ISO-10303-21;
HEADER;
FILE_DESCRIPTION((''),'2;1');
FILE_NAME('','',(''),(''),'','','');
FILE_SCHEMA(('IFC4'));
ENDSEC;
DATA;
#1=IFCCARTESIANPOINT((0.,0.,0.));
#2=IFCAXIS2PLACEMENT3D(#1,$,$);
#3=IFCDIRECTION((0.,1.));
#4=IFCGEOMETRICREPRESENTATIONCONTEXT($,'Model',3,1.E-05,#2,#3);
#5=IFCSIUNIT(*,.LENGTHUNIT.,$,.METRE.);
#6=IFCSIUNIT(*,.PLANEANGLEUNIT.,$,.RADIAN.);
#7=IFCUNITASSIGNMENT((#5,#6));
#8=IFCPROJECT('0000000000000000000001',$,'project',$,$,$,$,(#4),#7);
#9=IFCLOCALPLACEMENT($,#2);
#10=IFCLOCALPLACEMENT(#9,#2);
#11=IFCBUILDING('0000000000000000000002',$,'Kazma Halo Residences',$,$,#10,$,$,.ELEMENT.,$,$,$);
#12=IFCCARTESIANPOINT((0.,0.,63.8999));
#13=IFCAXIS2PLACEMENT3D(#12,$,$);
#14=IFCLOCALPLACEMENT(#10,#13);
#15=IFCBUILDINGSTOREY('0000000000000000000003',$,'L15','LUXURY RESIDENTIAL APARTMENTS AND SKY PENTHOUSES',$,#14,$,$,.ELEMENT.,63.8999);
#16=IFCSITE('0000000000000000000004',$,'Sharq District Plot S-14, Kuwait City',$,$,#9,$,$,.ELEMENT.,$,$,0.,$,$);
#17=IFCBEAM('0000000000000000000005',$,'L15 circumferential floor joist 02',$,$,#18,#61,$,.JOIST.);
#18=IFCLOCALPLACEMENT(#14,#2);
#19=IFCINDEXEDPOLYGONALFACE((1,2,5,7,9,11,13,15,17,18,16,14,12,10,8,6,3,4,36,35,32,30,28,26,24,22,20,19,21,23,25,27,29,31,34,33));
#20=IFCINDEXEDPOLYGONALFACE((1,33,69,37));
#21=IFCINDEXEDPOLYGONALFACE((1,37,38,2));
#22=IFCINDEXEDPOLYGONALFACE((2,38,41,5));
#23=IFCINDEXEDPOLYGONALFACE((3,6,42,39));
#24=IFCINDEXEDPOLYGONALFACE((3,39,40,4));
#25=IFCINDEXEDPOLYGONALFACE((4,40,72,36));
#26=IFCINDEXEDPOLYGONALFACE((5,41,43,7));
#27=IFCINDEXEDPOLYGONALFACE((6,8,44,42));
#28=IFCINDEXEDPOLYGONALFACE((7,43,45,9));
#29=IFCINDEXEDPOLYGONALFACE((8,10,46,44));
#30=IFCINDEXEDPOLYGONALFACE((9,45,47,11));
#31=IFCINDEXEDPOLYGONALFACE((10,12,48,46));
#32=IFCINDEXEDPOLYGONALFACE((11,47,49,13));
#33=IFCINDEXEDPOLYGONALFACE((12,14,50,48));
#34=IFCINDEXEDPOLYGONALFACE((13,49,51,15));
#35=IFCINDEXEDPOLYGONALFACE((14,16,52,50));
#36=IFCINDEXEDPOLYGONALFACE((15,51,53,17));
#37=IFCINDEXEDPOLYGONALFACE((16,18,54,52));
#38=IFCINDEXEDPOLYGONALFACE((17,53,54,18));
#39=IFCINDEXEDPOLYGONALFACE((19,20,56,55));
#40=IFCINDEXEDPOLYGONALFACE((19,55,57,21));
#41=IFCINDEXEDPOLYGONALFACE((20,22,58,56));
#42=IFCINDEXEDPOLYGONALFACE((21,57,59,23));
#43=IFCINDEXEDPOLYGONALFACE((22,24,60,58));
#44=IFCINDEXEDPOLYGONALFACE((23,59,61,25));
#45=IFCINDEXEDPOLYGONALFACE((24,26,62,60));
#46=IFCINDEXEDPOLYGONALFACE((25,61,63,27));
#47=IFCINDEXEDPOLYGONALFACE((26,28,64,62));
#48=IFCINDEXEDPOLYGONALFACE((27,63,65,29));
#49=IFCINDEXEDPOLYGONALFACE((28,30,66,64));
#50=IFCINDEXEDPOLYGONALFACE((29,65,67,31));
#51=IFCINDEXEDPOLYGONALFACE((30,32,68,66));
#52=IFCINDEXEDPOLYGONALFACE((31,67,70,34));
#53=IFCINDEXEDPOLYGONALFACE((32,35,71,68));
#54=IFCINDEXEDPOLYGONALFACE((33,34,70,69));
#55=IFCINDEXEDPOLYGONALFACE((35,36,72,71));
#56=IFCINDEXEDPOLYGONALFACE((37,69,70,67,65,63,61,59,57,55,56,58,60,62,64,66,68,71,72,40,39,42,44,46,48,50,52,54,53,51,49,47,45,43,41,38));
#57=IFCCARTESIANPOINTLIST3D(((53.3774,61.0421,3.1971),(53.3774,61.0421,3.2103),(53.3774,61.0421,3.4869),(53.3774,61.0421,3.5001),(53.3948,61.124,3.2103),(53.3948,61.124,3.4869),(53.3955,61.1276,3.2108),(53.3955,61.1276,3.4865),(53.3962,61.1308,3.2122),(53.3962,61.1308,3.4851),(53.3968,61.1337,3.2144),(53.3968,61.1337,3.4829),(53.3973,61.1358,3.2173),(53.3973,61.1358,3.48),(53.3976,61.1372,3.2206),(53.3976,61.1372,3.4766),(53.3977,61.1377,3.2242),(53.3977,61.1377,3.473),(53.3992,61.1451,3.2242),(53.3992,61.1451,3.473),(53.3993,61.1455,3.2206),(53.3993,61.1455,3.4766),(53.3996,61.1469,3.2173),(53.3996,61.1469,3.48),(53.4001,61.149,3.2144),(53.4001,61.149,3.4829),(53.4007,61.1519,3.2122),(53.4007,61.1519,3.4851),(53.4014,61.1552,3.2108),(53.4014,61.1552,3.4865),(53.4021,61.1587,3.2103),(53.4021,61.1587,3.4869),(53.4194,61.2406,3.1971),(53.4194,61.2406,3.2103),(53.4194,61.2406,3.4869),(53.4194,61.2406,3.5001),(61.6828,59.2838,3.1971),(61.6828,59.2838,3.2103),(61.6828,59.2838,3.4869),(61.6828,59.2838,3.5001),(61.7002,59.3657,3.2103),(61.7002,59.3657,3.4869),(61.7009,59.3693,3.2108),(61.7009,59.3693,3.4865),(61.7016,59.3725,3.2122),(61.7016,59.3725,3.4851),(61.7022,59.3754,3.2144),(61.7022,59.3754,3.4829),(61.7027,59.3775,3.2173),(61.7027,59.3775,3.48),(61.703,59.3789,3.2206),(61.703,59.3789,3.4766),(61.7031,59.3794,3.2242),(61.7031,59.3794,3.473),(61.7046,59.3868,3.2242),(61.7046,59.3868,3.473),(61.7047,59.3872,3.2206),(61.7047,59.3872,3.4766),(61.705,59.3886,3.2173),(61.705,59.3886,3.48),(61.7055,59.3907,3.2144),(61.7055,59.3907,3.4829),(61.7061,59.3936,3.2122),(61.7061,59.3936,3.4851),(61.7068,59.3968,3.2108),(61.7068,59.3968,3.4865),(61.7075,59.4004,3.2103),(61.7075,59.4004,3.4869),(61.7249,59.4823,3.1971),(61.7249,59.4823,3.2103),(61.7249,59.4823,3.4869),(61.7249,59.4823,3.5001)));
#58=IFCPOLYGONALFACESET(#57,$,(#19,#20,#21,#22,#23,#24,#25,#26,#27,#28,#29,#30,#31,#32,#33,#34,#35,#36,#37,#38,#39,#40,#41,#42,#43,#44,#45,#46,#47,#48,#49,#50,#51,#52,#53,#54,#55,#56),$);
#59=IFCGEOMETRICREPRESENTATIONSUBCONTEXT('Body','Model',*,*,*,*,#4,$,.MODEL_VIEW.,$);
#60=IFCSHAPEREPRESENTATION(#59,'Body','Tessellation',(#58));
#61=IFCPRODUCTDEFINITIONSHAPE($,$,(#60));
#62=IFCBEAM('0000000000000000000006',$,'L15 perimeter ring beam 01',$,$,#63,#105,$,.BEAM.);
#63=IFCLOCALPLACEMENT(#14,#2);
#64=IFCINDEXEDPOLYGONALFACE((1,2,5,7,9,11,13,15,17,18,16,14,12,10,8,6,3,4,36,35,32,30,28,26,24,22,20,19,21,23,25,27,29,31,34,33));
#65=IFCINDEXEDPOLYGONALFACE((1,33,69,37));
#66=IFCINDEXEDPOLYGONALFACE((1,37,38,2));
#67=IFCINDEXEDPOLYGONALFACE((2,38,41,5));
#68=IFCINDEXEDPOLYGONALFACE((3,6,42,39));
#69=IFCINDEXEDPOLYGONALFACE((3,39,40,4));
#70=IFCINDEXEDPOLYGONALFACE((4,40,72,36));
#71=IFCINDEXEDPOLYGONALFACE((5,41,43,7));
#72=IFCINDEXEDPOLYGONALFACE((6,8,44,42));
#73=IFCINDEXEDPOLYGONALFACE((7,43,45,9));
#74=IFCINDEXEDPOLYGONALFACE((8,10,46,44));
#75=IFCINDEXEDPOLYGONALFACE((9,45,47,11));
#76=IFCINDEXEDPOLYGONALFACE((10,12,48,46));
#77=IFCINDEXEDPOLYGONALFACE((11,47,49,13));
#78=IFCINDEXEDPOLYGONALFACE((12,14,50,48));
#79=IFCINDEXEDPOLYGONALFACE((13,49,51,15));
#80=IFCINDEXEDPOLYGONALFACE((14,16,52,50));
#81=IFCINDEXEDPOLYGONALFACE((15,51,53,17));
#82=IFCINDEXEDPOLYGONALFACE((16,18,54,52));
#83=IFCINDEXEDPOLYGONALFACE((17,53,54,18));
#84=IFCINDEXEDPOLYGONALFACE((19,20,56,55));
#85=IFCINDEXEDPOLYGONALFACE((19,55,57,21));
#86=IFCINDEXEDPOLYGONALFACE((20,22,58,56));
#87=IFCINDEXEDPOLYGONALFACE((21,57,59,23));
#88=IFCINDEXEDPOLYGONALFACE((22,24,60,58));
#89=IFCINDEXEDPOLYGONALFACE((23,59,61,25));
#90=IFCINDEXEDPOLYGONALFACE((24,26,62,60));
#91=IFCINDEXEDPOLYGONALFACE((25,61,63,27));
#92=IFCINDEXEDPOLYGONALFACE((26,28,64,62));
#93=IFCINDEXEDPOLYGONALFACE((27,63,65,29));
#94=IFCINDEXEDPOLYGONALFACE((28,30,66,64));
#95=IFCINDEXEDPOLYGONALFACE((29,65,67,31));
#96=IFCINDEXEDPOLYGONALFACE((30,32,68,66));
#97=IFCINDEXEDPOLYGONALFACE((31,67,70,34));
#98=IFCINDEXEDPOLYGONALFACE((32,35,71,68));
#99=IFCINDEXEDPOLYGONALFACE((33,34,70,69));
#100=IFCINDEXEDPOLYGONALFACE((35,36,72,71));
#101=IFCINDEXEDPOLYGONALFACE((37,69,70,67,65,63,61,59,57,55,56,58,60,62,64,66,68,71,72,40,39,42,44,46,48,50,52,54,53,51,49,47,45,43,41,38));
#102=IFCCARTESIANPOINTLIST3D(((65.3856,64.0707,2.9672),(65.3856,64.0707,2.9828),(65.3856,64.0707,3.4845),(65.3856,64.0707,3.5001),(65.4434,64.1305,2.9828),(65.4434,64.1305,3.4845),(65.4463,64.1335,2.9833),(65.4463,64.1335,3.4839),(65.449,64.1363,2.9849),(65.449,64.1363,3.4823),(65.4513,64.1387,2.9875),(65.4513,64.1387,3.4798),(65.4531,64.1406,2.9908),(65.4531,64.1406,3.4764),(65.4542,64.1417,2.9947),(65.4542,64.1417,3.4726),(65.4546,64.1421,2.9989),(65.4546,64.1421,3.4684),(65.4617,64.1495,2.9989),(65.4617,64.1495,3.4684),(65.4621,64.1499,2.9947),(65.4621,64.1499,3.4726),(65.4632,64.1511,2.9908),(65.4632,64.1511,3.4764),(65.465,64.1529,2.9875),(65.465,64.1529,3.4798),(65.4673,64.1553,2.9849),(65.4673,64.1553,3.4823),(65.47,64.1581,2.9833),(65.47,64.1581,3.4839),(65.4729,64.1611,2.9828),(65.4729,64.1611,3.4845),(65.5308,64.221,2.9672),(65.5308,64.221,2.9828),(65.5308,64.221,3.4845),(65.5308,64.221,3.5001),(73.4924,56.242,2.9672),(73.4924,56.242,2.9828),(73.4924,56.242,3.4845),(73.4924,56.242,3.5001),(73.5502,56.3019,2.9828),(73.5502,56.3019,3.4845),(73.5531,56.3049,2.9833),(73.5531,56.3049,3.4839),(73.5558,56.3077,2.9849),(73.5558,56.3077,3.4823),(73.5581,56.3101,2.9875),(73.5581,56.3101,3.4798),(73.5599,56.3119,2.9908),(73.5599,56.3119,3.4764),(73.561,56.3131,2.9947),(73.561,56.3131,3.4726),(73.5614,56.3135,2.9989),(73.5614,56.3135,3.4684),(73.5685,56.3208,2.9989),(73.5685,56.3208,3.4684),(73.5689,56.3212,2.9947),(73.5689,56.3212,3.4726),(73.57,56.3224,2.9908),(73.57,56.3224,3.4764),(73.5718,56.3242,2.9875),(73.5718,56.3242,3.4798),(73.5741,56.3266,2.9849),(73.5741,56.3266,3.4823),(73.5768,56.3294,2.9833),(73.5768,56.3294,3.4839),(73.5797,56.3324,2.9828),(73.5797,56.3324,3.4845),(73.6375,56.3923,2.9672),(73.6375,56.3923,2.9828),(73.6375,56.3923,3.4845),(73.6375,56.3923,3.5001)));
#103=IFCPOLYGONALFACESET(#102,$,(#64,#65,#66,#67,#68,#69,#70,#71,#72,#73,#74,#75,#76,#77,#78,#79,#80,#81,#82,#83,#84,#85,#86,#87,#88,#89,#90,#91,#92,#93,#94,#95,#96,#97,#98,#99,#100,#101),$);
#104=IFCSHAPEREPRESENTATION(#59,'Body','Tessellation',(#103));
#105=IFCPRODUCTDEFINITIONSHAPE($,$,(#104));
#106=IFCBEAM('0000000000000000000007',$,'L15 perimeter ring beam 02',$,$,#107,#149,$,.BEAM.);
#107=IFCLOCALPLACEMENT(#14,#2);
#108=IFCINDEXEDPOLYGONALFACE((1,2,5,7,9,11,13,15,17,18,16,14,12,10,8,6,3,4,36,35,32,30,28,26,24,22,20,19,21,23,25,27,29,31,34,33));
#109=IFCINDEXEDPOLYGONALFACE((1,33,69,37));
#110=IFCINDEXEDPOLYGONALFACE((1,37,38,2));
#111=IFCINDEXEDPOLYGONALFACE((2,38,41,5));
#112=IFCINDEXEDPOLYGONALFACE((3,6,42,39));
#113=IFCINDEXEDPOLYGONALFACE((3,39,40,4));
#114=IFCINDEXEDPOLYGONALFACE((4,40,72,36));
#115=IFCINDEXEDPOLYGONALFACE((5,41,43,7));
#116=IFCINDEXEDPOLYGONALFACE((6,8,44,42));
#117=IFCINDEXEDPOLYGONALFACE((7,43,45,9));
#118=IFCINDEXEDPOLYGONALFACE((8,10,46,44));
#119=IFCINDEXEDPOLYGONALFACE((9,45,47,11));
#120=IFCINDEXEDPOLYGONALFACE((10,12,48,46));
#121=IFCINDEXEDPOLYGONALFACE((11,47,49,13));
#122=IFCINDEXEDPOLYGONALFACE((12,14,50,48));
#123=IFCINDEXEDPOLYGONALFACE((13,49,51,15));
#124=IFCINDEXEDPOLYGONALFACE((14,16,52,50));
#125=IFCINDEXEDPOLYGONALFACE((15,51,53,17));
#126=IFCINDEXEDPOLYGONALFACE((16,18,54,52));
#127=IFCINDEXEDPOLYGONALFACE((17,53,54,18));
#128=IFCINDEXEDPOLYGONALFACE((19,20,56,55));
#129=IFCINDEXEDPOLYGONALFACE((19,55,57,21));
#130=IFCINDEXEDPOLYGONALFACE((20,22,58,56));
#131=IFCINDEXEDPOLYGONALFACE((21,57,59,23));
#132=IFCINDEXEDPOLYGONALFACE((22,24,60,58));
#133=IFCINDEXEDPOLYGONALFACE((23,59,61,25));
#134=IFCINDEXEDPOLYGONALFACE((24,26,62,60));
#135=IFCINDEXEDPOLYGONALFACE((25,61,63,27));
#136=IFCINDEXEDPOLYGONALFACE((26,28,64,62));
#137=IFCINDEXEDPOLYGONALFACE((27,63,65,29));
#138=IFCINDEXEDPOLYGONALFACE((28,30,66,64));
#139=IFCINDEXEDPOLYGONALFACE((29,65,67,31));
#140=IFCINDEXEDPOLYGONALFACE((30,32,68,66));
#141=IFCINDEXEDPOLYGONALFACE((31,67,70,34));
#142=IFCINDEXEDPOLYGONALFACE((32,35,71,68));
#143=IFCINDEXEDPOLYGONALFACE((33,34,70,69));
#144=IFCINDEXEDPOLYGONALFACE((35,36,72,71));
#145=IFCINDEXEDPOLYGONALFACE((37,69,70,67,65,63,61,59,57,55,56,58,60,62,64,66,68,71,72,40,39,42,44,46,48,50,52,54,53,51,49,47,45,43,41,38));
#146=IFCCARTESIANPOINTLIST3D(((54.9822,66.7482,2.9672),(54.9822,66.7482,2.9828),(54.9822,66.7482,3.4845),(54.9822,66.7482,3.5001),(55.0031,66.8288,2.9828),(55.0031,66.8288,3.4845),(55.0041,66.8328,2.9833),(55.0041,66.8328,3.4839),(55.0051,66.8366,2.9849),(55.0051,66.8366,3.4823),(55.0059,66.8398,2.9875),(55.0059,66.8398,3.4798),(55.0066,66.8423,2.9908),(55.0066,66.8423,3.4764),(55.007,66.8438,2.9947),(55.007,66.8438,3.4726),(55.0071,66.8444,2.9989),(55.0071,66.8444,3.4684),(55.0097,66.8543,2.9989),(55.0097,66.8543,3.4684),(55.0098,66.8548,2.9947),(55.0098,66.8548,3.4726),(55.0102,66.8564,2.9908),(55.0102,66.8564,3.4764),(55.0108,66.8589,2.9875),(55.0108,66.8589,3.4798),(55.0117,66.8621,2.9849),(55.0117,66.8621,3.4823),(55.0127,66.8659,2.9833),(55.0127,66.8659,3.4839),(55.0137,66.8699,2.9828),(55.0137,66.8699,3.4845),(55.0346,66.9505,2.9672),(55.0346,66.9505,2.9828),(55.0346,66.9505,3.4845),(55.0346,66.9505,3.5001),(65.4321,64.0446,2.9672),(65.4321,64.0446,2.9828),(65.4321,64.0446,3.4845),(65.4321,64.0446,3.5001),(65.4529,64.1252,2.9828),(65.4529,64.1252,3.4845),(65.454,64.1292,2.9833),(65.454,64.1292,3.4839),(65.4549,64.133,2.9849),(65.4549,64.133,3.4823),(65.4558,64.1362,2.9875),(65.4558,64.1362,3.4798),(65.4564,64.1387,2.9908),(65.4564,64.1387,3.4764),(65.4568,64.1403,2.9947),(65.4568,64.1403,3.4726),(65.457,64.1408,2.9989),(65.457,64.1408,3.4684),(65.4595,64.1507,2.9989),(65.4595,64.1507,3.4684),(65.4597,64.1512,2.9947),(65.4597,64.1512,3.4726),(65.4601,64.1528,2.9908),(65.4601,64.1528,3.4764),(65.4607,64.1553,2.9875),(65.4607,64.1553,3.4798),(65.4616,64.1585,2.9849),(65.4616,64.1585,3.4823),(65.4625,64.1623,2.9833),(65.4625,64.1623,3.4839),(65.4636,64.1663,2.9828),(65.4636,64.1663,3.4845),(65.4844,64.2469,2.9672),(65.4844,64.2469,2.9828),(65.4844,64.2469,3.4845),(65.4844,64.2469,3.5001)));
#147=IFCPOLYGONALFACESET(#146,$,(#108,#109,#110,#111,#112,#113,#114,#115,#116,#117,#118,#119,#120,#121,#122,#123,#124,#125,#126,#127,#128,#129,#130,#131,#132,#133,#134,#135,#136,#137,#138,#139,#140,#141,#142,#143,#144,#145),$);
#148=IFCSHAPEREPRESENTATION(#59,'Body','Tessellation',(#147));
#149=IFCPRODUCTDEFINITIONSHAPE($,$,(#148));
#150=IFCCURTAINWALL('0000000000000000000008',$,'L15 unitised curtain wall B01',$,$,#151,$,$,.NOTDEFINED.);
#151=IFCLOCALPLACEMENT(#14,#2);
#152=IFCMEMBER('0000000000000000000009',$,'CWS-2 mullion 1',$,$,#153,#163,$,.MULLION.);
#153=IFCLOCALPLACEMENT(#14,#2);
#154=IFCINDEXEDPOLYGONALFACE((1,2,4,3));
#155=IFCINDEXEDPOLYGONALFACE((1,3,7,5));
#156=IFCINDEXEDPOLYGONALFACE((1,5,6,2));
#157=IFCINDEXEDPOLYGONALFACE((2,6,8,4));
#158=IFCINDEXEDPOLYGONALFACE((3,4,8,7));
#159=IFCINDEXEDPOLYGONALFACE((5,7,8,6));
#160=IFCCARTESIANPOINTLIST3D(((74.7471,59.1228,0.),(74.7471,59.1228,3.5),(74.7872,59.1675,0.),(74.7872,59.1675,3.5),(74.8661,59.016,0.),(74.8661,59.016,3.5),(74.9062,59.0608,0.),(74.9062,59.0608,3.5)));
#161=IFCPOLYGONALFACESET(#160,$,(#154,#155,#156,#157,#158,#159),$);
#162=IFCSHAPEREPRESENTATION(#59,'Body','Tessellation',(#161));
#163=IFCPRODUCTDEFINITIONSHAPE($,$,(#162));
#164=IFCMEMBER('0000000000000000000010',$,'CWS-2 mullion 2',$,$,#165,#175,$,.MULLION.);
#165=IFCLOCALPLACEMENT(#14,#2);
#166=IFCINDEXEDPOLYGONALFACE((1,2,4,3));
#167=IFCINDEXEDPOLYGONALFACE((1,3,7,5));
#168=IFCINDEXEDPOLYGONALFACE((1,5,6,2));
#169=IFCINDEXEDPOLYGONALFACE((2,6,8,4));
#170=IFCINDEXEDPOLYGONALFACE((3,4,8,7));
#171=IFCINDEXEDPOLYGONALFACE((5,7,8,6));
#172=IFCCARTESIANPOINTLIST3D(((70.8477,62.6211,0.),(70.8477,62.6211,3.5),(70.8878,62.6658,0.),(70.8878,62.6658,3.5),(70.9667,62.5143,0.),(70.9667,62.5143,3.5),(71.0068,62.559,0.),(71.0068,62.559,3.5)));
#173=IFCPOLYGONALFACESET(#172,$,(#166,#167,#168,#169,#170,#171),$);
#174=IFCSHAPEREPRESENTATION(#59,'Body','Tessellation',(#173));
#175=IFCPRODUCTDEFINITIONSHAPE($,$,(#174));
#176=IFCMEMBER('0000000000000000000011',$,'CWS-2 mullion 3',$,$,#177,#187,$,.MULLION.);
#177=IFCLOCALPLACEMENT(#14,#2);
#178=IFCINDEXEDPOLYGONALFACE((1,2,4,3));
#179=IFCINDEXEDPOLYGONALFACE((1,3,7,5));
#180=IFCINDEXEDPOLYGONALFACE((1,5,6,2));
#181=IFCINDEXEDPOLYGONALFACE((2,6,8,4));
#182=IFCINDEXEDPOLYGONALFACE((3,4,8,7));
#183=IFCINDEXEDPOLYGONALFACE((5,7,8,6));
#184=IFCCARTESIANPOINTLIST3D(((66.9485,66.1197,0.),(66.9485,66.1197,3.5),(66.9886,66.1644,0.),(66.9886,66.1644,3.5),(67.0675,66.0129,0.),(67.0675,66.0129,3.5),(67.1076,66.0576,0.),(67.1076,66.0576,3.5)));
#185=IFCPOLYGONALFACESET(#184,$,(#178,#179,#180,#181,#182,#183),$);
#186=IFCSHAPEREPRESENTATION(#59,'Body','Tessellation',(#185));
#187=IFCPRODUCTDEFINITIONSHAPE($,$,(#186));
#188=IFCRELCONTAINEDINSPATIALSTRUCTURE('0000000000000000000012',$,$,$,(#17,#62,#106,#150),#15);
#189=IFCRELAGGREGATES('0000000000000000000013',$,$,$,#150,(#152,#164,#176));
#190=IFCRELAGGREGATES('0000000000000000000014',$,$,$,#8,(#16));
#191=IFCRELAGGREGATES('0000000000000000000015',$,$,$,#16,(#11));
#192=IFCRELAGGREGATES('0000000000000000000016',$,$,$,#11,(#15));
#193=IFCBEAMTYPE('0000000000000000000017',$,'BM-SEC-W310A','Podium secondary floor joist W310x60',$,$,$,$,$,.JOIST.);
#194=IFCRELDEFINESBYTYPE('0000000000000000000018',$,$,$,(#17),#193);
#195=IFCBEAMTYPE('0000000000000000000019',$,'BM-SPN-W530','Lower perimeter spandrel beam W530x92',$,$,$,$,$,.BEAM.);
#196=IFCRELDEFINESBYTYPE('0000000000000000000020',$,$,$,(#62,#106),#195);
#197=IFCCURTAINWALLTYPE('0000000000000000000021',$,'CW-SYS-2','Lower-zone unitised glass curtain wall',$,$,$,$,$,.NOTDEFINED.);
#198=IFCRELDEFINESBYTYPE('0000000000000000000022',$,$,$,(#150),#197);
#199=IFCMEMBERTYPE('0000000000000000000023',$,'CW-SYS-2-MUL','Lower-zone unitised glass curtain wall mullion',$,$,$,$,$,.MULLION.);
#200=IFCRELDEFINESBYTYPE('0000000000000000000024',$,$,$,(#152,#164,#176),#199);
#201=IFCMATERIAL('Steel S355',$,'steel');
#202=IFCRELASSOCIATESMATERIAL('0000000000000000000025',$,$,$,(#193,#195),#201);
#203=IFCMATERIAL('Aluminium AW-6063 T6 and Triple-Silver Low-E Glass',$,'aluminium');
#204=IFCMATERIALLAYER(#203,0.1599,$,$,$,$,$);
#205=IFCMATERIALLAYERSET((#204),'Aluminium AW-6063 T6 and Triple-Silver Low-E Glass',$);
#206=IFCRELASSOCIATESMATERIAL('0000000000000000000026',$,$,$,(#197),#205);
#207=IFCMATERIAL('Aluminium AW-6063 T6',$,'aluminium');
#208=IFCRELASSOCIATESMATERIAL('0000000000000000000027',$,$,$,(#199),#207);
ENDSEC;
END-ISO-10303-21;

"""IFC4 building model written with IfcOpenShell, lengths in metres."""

from ifc_helpers import new_model, si_unit, direction, frame, origin, origin_2d, place, context, subcontext, project, spatial, rectangle, i_section, extrude, material, layer, layer_set, material_profile, profile_set, type_object, element, aggregate, save


model = new_model("IFC4")

# Units and contexts
model_context = context("Model", 3, precision=1e-05, world=origin(), true_north=direction((0.0, 1.0)))
body_context = subcontext(model_context, "Body", "Model", "MODEL_VIEW")
ifc_project = project(units=[si_unit("LENGTHUNIT", "METRE"), si_unit("PLANEANGLEUNIT", "RADIAN")], contexts=[model_context])

# Site, building, storey
site_placement = place(None, origin())
site = spatial("IfcSite", under=ifc_project, at=site_placement, Name="Sharq District Plot S-14, Kuwait City", CompositionType="ELEMENT", RefElevation=0.0)
building_placement = place(site_placement, origin())
building = spatial("IfcBuilding", under=site, at=building_placement, Name="Kazma Halo Residences", CompositionType="ELEMENT")
storey_placement = place(building_placement, frame((0.0, 0.0, 63.8999)))
storey = spatial("IfcBuildingStorey", under=building, at=storey_placement, Name="L15", Description="LUXURY RESIDENTIAL APARTMENTS AND SKY PENTHOUSES", CompositionType="ELEMENT", Elevation=63.8999)

# Beams
ifc_material_1 = material(Name="Steel S355", Category="steel")
ifc_material_profile_1 = material_profile(ifc_material_1, i_section(OverallWidth=0.2029, OverallDepth=0.303, WebThickness=0.0076, FlangeThickness=0.0132, FilletRadius=0.0139, at=origin_2d()), Name="W310x60")
ifc_profile_set_1 = profile_set([ifc_material_profile_1], Name="Steel S355")
beam_type_1 = type_object("IfcBeamType", Name="BM-SEC-W310A", Description="Podium secondary floor joist W310x60", PredefinedType="JOIST", material=ifc_profile_set_1)
beam_1_placement = place(storey_placement, frame((61.7039, 59.3831, 3.3486), z_axis=(-0.978317, 0.207115, 0.0), x_axis=(-0.207115, -0.978317, 0.0)))
element("IfcBeam", 1, at=beam_1_placement, inside=storey, type_object=beam_type_1, Name="L15 circumferential floor joist 02", PredefinedType="JOIST", context=body_context, shape_type="SweptSolid", body=[
    extrude(i_section(OverallWidth=0.2029, OverallDepth=0.303, WebThickness=0.0076, FlangeThickness=0.0132, FilletRadius=0.0139, at=origin_2d()), origin(), (0.0, 0.0, 1.0), 8.4895),
])
ifc_material_profile_2 = material_profile(ifc_material_1, i_section(OverallWidth=0.209, OverallDepth=0.533, WebThickness=0.0103, FlangeThickness=0.0156, FilletRadius=0.0161, at=origin_2d()), Name="W530x92")
ifc_profile_set_2 = profile_set([ifc_material_profile_2], Name="Steel S355")
beam_type_2 = type_object("IfcBeamType", Name="BM-SPN-W530", Description="Lower perimeter spandrel beam W530x92", PredefinedType="BEAM", material=ifc_profile_set_2)
beam_2_placement = place(storey_placement, frame((73.5649, 56.3171, 3.2336), z_axis=(-0.719337, 0.694662, 0.0), x_axis=(-0.694662, -0.719337, 0.0)))
element("IfcBeam", 2, at=beam_2_placement, inside=storey, type_object=beam_type_2, Name="L15 perimeter ring beam 01", PredefinedType="BEAM", context=body_context, shape_type="SweptSolid", body=[
    extrude(i_section(OverallWidth=0.209, OverallDepth=0.533, WebThickness=0.0103, FlangeThickness=0.0156, FilletRadius=0.0161, at=origin_2d()), origin(), (0.0, 0.0, 1.0), 11.2698),
])
beam_3_placement = place(storey_placement, frame((65.4583, 64.1458, 3.2336), z_axis=(-0.968124, 0.250473, 0.0), x_axis=(-0.250473, -0.968124, 0.0)))
element("IfcBeam", 3, at=beam_3_placement, inside=storey, type_object=beam_type_2, Name="L15 perimeter ring beam 02", PredefinedType="BEAM", context=body_context, shape_type="SweptSolid", body=[
    extrude(i_section(OverallWidth=0.209, OverallDepth=0.533, WebThickness=0.0103, FlangeThickness=0.0156, FilletRadius=0.0161, at=origin_2d()), origin(), (0.0, 0.0, 1.0), 10.7939),
])

# Curtain wall, members
ifc_material_2 = material(Name="Aluminium AW-6063 T6 and Triple-Silver Low-E Glass", Category="aluminium")
ifc_layer_1 = layer(ifc_material_2, 0.1599)
ifc_layer_set_1 = layer_set([ifc_layer_1], Name="Aluminium AW-6063 T6 and Triple-Silver Low-E Glass")
curtain_wall_type = type_object("IfcCurtainWallType", Name="CW-SYS-2", Description="Lower-zone unitised glass curtain wall", PredefinedType="NOTDEFINED", material=ifc_layer_set_1)
curtain_wall_1_placement = place(storey_placement, origin())
curtain_wall_1 = element("IfcCurtainWall", 4, at=curtain_wall_1_placement, inside=storey, type_object=curtain_wall_type, Name="L15 unitised curtain wall B01", PredefinedType="NOTDEFINED")
ifc_material_3 = material(Name="Aluminium AW-6063 T6", Category="aluminium")
ifc_material_profile_3 = material_profile(ifc_material_3, rectangle(XDim=0.0601, YDim=0.1599, at=origin_2d()), Name="CWM-60x160")
ifc_profile_set_3 = profile_set([ifc_material_profile_3], Name="Aluminium AW-6063 T6")
member_type_1 = type_object("IfcMemberType", Name="CW-SYS-2-MUL", Description="Lower-zone unitised glass curtain wall mullion", PredefinedType="MULLION", material=ifc_profile_set_3)
member_1_placement = place(storey_placement, frame((74.8267, 59.0918, 0.0), z_axis=(0.0, 0.0, 1.0), x_axis=(-0.667821, -0.744322, 0.0)))
member_1 = element("IfcMember", 5, at=member_1_placement, type_object=member_type_1, Name="CWS-2 mullion 1", PredefinedType="MULLION", context=body_context, shape_type="SweptSolid", body=[
    extrude(rectangle(XDim=0.0601, YDim=0.1599, at=origin_2d()), origin(), (0.0, 0.0, 1.0), 3.5),
])
member_2_placement = place(storey_placement, frame((70.9272, 62.5901, 0.0), z_axis=(0.0, 0.0, 1.0), x_axis=(-0.667821, -0.744322, 0.0)))
member_2 = element("IfcMember", 6, at=member_2_placement, type_object=member_type_1, Name="CWS-2 mullion 2", PredefinedType="MULLION", context=body_context, shape_type="SweptSolid", body=[
    extrude(rectangle(XDim=0.0601, YDim=0.1599, at=origin_2d()), origin(), (0.0, 0.0, 1.0), 3.5),
])
member_3_placement = place(storey_placement, frame((67.0281, 66.0886, 0.0), z_axis=(0.0, 0.0, 1.0), x_axis=(-0.667821, -0.744322, 0.0)))
member_3 = element("IfcMember", 7, at=member_3_placement, type_object=member_type_1, Name="CWS-2 mullion 3", PredefinedType="MULLION", context=body_context, shape_type="SweptSolid", body=[
    extrude(rectangle(XDim=0.0601, YDim=0.1599, at=origin_2d()), origin(), (0.0, 0.0, 1.0), 3.5),
])

aggregate(curtain_wall_1, [member_1, member_2, member_3])

save(model, "model.ifc")
